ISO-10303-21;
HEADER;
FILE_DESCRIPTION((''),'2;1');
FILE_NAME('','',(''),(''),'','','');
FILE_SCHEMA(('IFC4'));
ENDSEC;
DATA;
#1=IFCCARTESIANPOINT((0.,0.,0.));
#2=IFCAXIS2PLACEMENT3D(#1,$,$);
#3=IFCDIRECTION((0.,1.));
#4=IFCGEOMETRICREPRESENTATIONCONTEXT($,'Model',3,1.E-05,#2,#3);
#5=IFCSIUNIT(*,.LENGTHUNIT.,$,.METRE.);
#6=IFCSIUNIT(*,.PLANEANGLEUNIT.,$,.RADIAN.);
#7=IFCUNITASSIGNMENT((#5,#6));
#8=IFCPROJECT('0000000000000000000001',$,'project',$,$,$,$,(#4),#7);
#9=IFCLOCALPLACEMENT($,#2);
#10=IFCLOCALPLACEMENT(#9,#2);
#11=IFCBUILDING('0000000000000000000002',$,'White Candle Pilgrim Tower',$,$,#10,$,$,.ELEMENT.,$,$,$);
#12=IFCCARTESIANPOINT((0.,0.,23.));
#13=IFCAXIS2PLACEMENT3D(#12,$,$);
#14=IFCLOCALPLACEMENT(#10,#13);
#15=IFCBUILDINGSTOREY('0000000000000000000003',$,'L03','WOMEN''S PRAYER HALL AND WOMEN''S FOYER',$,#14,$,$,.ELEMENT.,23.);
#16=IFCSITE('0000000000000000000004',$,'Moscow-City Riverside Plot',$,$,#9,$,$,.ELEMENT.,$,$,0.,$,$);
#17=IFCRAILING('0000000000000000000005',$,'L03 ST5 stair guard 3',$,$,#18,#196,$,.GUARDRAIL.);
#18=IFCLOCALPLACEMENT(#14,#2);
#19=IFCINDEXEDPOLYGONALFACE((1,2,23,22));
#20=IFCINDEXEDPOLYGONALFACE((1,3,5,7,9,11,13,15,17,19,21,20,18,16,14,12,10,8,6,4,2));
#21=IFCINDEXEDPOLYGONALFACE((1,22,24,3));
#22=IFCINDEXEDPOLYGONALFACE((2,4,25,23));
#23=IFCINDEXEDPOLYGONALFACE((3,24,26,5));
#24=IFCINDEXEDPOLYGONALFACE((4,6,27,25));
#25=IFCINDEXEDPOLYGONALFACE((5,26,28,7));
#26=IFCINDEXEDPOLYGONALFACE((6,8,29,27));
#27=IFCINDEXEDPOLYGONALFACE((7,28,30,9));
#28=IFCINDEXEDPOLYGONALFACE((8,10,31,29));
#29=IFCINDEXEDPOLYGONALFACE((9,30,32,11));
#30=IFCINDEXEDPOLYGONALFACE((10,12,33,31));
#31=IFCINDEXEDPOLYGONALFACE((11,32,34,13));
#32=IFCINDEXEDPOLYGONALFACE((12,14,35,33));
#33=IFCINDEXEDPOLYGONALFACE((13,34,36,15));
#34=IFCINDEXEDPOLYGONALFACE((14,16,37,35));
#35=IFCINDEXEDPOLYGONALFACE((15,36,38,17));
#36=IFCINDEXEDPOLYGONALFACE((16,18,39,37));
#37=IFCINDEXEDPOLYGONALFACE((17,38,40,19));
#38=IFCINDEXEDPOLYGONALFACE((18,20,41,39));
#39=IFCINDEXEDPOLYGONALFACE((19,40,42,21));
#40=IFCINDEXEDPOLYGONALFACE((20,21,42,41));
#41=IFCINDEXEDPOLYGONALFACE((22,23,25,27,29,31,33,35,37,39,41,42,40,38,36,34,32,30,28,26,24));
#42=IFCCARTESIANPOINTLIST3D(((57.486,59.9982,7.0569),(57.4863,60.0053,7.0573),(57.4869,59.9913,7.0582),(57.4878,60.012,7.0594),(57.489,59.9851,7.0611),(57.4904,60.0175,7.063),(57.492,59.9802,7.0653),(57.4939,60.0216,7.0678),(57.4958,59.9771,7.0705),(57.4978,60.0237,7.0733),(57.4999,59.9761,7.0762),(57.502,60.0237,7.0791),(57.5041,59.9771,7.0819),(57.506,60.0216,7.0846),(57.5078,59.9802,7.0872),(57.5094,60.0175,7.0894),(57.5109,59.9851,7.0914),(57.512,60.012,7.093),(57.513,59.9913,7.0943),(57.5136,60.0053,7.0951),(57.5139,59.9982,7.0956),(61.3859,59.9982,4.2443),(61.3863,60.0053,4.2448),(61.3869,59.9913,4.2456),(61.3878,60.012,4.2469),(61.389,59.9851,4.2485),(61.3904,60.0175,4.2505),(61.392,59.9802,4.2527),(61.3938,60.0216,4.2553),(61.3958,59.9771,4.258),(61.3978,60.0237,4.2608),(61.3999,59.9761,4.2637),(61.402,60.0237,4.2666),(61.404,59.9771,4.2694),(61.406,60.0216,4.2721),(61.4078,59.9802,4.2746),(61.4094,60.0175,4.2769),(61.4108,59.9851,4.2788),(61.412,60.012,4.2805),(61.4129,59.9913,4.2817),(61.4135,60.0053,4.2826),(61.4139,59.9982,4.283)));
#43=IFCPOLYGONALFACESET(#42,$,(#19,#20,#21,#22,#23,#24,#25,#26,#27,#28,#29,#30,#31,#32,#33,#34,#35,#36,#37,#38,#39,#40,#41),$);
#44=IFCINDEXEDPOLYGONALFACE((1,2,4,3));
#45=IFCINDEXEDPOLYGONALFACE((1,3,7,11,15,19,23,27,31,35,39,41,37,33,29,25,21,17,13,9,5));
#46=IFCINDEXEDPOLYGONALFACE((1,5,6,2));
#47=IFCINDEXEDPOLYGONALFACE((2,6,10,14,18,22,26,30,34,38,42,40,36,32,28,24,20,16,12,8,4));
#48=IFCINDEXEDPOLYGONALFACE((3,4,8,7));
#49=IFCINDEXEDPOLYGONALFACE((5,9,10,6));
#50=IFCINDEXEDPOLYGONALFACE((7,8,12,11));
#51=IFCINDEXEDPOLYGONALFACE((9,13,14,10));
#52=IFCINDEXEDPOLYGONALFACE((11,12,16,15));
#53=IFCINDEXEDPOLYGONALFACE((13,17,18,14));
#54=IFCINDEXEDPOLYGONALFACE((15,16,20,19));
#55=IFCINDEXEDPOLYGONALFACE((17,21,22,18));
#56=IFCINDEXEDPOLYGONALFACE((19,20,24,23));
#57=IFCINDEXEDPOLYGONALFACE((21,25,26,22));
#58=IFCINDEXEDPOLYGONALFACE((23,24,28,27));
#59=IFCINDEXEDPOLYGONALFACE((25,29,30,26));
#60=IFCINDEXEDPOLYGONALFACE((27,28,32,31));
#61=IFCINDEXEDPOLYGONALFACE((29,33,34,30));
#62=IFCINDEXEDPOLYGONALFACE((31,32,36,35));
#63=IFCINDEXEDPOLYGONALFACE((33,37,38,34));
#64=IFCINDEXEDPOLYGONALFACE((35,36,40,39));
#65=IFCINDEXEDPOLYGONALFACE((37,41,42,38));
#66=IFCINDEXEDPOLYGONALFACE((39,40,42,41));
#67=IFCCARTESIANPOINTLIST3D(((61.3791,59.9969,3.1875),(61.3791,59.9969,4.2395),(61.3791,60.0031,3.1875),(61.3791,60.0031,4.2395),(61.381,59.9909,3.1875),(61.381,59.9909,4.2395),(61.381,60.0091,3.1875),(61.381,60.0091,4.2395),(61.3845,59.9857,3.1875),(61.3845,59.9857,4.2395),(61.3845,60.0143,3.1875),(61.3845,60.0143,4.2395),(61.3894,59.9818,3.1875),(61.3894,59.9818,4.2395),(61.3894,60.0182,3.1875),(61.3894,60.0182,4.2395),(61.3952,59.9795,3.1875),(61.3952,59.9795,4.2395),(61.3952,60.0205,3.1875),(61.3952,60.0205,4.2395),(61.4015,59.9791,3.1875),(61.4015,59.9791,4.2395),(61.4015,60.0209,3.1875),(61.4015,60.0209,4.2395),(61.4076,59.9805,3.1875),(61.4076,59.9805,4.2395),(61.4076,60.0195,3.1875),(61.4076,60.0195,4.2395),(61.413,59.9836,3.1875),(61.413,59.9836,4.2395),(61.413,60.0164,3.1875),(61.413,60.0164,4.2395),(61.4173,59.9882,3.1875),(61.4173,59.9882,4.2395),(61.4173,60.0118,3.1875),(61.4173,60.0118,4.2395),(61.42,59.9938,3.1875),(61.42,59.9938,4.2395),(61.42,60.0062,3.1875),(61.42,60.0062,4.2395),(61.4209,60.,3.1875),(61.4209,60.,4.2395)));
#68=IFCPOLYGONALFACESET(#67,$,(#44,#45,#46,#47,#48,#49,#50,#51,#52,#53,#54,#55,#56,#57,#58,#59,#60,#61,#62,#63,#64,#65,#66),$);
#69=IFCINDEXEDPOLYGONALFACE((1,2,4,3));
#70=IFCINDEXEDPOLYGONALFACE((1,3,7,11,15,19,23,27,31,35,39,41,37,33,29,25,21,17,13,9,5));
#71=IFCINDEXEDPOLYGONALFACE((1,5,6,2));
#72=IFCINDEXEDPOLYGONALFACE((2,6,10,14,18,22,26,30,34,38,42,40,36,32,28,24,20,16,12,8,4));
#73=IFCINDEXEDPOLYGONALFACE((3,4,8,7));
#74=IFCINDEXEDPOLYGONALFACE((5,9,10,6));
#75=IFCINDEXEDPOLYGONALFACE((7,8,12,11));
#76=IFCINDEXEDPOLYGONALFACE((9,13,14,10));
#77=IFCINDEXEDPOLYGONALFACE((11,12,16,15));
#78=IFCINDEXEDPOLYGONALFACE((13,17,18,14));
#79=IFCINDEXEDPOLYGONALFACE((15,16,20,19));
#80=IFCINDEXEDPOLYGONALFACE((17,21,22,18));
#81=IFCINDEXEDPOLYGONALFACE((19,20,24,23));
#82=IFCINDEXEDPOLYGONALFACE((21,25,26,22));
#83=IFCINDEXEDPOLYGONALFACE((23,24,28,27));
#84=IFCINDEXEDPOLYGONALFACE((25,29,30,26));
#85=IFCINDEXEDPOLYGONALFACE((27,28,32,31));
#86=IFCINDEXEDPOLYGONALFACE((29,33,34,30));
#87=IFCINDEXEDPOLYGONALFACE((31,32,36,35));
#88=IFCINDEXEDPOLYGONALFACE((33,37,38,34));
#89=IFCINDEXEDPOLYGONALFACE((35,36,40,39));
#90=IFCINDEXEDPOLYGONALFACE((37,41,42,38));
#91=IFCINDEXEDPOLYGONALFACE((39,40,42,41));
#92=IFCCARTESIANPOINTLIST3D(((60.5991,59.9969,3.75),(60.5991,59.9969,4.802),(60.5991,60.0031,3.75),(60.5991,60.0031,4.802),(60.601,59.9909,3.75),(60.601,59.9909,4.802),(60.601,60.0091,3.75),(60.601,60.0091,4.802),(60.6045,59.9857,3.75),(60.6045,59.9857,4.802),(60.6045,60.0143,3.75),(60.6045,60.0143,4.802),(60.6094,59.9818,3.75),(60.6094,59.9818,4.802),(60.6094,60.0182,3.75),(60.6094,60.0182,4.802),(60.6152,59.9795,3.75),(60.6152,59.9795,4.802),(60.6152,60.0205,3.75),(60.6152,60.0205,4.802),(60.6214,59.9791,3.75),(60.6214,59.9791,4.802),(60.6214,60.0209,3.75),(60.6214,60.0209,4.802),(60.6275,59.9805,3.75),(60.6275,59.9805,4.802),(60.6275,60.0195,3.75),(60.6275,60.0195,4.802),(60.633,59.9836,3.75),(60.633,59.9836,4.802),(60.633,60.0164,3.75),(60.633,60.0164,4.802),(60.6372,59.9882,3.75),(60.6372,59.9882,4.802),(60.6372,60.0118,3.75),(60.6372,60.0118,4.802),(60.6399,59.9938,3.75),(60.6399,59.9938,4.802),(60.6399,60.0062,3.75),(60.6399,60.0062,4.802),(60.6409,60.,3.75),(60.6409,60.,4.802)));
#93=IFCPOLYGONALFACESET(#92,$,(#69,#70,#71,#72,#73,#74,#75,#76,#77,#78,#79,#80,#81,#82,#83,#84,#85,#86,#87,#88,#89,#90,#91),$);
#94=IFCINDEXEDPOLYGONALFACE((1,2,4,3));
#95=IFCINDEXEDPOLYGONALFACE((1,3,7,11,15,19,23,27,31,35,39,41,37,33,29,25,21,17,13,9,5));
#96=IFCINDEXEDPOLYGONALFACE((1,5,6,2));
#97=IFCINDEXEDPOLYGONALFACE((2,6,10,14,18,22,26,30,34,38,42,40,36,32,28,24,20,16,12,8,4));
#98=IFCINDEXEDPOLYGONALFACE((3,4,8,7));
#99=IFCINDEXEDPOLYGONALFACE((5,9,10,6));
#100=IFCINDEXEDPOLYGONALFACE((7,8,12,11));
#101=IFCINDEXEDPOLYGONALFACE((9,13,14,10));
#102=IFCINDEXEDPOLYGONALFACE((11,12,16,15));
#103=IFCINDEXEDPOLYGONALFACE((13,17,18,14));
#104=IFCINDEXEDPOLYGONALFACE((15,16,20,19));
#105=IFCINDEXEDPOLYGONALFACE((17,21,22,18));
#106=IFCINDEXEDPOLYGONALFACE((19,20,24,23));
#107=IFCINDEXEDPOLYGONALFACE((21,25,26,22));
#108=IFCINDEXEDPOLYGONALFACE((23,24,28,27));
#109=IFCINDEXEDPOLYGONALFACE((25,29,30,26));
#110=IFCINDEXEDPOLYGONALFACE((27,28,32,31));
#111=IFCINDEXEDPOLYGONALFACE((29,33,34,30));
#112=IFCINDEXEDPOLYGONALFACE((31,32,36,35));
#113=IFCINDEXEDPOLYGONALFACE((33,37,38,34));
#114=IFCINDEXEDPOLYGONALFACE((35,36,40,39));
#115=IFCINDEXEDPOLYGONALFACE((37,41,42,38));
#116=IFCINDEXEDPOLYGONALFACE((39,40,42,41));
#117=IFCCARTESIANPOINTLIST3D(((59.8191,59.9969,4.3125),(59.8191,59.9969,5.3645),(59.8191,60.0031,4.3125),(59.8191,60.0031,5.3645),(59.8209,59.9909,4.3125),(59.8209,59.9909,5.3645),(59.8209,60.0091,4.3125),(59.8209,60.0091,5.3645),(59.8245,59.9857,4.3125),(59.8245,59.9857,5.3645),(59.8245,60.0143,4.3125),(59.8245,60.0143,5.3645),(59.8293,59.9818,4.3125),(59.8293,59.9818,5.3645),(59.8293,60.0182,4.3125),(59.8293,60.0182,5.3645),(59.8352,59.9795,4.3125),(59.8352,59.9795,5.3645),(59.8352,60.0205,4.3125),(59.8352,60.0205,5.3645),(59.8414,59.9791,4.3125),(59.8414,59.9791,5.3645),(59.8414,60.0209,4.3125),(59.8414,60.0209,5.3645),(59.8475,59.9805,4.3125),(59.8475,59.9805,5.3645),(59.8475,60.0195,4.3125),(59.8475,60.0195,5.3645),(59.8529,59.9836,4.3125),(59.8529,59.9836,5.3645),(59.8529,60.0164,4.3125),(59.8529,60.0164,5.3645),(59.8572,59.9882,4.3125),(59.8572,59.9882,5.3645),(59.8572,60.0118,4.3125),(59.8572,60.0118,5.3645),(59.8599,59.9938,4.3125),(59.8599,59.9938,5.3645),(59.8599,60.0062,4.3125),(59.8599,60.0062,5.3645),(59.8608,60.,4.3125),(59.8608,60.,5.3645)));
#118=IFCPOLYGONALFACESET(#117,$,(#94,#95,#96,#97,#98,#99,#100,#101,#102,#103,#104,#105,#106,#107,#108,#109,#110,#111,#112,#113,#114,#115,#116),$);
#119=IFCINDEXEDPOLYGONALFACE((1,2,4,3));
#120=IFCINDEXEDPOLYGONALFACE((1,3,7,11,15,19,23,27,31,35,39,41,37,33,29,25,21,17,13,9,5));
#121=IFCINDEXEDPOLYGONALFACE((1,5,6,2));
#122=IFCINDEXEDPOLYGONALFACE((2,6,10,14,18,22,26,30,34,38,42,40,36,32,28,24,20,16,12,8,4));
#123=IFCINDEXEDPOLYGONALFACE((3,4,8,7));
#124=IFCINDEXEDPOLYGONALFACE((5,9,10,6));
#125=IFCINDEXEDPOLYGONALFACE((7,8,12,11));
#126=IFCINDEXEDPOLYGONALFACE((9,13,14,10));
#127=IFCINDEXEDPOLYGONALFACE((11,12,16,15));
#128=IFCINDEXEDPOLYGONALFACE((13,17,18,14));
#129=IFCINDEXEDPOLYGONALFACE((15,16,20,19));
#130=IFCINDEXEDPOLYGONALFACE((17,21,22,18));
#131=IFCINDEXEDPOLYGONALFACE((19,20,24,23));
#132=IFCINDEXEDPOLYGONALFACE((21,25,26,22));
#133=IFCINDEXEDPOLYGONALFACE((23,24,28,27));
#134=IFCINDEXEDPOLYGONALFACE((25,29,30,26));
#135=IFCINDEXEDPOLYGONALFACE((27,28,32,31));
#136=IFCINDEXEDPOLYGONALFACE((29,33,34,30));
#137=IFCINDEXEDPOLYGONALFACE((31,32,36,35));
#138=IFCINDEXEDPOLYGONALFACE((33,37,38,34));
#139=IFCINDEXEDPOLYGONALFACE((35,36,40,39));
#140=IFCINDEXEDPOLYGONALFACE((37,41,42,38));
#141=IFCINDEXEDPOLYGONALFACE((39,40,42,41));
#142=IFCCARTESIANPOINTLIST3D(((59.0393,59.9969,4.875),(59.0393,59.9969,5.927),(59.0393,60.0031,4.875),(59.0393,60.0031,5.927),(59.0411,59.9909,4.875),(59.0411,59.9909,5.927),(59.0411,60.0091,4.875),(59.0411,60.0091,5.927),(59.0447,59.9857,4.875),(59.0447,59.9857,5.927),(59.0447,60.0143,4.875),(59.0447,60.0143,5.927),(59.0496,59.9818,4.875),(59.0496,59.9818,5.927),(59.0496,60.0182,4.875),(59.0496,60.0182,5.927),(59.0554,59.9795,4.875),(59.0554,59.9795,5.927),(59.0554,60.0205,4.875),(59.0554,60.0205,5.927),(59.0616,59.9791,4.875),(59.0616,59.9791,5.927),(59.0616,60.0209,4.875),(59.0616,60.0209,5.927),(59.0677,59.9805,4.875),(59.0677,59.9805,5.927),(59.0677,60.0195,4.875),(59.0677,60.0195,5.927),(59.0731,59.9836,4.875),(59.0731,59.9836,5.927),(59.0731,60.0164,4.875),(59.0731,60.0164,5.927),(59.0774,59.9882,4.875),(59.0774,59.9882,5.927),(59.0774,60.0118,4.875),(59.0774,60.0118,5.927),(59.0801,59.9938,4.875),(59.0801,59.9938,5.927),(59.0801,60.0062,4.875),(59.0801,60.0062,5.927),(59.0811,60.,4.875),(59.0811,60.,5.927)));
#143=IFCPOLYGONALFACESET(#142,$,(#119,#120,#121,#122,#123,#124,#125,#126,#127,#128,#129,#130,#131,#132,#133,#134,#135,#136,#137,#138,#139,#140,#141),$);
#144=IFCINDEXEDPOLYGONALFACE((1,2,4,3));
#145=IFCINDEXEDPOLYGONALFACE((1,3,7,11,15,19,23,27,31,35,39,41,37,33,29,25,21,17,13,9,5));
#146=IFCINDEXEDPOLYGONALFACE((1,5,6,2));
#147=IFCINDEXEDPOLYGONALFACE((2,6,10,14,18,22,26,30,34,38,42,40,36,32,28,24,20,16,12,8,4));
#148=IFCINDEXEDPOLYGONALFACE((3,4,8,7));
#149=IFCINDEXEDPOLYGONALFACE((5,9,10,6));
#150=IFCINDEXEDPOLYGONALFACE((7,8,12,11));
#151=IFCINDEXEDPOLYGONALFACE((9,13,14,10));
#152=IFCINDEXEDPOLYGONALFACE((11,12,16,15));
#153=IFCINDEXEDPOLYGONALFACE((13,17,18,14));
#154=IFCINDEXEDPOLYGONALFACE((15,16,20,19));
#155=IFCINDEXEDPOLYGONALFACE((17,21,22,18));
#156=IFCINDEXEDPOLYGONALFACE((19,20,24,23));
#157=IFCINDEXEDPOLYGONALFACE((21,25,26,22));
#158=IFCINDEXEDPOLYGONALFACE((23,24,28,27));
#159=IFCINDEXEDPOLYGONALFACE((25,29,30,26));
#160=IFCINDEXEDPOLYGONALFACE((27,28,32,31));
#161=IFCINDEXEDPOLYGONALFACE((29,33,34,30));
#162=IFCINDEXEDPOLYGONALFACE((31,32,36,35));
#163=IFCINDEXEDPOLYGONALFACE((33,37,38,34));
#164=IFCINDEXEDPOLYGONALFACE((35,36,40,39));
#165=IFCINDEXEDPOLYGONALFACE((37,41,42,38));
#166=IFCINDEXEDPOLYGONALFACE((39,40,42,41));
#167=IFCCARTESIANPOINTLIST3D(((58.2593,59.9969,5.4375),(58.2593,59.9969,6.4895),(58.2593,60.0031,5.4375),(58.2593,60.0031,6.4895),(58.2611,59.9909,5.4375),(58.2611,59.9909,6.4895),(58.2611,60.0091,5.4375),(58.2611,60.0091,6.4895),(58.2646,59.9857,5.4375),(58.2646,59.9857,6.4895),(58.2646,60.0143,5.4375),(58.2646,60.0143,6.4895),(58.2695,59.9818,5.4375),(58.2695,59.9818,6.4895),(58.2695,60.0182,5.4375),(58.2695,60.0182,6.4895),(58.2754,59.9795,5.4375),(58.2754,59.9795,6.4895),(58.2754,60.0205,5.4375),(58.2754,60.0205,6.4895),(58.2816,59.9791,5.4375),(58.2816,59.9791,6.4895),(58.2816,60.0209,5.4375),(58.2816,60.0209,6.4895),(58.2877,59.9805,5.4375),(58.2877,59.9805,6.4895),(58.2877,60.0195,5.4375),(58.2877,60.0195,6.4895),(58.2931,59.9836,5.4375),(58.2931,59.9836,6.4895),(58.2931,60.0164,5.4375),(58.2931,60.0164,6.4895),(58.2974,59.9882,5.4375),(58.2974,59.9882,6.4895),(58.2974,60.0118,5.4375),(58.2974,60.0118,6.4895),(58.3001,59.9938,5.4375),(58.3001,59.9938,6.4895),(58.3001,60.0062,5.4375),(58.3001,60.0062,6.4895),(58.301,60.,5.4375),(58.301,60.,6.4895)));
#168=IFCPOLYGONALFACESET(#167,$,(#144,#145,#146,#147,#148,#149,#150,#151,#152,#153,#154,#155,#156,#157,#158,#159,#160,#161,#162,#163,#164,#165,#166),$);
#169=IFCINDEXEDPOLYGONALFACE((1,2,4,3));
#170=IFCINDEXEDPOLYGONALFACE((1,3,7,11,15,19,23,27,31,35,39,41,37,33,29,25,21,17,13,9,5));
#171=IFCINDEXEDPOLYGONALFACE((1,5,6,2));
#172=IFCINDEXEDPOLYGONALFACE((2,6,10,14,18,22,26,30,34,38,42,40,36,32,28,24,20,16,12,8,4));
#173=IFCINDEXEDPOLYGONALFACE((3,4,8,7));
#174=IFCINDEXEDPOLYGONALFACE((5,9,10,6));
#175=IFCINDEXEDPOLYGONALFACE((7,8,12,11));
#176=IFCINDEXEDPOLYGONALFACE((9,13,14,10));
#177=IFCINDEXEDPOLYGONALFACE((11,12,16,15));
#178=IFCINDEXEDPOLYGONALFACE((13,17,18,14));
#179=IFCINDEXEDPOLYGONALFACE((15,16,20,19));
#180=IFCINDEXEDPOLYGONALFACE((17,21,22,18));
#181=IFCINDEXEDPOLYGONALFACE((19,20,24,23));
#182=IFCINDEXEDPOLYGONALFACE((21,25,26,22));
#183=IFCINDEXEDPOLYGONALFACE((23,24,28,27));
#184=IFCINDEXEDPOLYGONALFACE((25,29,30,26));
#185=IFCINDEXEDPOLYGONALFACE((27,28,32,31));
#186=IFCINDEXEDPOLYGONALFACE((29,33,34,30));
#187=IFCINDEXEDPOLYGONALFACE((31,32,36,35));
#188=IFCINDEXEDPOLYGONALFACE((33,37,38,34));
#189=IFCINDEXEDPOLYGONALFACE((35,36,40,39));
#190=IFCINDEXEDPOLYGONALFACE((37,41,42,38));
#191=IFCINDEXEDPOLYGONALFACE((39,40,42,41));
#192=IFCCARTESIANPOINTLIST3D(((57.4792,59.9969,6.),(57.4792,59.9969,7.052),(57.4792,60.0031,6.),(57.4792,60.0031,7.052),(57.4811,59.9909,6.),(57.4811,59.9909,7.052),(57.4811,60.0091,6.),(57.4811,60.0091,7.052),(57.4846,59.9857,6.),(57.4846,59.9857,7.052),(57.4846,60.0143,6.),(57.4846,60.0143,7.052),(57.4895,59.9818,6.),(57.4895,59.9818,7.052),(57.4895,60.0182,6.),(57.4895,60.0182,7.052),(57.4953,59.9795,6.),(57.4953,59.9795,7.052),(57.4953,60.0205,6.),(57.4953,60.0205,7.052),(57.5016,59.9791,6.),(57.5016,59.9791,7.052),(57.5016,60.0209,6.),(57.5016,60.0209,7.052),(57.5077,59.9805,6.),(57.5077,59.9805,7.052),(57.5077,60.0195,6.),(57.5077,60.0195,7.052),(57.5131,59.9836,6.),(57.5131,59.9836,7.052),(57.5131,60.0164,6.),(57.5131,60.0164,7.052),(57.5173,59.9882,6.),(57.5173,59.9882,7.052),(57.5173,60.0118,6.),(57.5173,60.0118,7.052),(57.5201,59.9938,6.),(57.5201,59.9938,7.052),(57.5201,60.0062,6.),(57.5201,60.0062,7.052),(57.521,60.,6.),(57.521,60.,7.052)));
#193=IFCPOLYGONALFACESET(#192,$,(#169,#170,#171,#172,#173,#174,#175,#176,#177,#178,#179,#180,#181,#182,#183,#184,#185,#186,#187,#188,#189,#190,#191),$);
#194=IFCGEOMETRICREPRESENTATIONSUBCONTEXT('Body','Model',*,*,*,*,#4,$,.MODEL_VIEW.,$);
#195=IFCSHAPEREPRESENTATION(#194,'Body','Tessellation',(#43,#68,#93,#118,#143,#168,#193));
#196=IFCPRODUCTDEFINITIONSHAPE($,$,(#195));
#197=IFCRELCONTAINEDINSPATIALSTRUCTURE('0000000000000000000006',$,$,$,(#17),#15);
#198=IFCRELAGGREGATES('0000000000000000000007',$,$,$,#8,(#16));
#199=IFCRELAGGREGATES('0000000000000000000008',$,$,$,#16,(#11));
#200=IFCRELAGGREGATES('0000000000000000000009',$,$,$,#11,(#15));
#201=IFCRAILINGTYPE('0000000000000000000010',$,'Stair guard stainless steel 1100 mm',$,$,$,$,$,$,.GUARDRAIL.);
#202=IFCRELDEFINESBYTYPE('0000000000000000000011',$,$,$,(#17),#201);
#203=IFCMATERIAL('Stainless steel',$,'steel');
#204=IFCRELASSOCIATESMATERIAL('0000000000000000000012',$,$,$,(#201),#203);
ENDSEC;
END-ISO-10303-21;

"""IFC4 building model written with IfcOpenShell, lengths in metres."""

from ifc_helpers import new_model, si_unit, direction, frame, origin, origin_2d, place, context, subcontext, project, spatial, circle, extrude, material, type_object, element, save


model = new_model("IFC4")

# Units and contexts
model_context = context("Model", 3, precision=1e-05, world=origin(), true_north=direction((0.0, 1.0)))
body_context = subcontext(model_context, "Body", "Model", "MODEL_VIEW")
ifc_project = project(units=[si_unit("LENGTHUNIT", "METRE"), si_unit("PLANEANGLEUNIT", "RADIAN")], contexts=[model_context])

# Site, building, storey
site_placement = place(None, origin())
site = spatial("IfcSite", under=ifc_project, at=site_placement, Name="Moscow-City Riverside Plot", CompositionType="ELEMENT", RefElevation=0.0)
building_placement = place(site_placement, origin())
building = spatial("IfcBuilding", under=site, at=building_placement, Name="White Candle Pilgrim Tower", CompositionType="ELEMENT")
storey_placement = place(building_placement, frame((0.0, 0.0, 23.0)))
storey = spatial("IfcBuildingStorey", under=building, at=storey_placement, Name="L03", Description="WOMEN'S PRAYER HALL AND WOMEN'S FOYER", CompositionType="ELEMENT", Elevation=23.0)

# Railing
ifc_material_1 = material(Name="Stainless steel", Category="steel")
railing_type_1 = type_object("IfcRailingType", Name="Stair guard stainless steel 1100 mm", PredefinedType="GUARDRAIL", material=ifc_material_1)
railing_1_placement = place(storey_placement, frame((61.3999, 60.0, 3.1875)))
element("IfcRailing", 1, at=railing_1_placement, inside=storey, type_object=railing_type_1, Name="L03 ST5 stair guard 3", PredefinedType="GUARDRAIL", context=body_context, shape_type="SweptSolid", body=[
    extrude(circle(Radius=0.0239, at=origin_2d()), frame((0.0, 0.0, 1.0762), z_axis=(-0.811083, 0.0, 0.584931), x_axis=(0.0, -1.0, 0.0)), (0.0, 0.0, 1.0), 4.8083),
    extrude(circle(Radius=0.021, at=origin_2d()), origin(), (0.0, 0.0, 1.0), 1.052),
    extrude(circle(Radius=0.021, at=origin_2d()), frame((-0.78, 0.0, 0.5625)), (0.0, 0.0, 1.0), 1.052),
    extrude(circle(Radius=0.021, at=origin_2d()), frame((-1.5601, 0.0, 1.125)), (0.0, 0.0, 1.0), 1.052),
    extrude(circle(Radius=0.021, at=origin_2d()), frame((-2.3398, 0.0, 1.6875)), (0.0, 0.0, 1.0), 1.052),
    extrude(circle(Radius=0.021, at=origin_2d()), frame((-3.1199, 0.0, 2.25)), (0.0, 0.0, 1.0), 1.052),
    extrude(circle(Radius=0.021, at=origin_2d()), frame((-3.8999, 0.0, 2.8125)), (0.0, 0.0, 1.0), 1.052),
])

save(model, "model.ifc")
